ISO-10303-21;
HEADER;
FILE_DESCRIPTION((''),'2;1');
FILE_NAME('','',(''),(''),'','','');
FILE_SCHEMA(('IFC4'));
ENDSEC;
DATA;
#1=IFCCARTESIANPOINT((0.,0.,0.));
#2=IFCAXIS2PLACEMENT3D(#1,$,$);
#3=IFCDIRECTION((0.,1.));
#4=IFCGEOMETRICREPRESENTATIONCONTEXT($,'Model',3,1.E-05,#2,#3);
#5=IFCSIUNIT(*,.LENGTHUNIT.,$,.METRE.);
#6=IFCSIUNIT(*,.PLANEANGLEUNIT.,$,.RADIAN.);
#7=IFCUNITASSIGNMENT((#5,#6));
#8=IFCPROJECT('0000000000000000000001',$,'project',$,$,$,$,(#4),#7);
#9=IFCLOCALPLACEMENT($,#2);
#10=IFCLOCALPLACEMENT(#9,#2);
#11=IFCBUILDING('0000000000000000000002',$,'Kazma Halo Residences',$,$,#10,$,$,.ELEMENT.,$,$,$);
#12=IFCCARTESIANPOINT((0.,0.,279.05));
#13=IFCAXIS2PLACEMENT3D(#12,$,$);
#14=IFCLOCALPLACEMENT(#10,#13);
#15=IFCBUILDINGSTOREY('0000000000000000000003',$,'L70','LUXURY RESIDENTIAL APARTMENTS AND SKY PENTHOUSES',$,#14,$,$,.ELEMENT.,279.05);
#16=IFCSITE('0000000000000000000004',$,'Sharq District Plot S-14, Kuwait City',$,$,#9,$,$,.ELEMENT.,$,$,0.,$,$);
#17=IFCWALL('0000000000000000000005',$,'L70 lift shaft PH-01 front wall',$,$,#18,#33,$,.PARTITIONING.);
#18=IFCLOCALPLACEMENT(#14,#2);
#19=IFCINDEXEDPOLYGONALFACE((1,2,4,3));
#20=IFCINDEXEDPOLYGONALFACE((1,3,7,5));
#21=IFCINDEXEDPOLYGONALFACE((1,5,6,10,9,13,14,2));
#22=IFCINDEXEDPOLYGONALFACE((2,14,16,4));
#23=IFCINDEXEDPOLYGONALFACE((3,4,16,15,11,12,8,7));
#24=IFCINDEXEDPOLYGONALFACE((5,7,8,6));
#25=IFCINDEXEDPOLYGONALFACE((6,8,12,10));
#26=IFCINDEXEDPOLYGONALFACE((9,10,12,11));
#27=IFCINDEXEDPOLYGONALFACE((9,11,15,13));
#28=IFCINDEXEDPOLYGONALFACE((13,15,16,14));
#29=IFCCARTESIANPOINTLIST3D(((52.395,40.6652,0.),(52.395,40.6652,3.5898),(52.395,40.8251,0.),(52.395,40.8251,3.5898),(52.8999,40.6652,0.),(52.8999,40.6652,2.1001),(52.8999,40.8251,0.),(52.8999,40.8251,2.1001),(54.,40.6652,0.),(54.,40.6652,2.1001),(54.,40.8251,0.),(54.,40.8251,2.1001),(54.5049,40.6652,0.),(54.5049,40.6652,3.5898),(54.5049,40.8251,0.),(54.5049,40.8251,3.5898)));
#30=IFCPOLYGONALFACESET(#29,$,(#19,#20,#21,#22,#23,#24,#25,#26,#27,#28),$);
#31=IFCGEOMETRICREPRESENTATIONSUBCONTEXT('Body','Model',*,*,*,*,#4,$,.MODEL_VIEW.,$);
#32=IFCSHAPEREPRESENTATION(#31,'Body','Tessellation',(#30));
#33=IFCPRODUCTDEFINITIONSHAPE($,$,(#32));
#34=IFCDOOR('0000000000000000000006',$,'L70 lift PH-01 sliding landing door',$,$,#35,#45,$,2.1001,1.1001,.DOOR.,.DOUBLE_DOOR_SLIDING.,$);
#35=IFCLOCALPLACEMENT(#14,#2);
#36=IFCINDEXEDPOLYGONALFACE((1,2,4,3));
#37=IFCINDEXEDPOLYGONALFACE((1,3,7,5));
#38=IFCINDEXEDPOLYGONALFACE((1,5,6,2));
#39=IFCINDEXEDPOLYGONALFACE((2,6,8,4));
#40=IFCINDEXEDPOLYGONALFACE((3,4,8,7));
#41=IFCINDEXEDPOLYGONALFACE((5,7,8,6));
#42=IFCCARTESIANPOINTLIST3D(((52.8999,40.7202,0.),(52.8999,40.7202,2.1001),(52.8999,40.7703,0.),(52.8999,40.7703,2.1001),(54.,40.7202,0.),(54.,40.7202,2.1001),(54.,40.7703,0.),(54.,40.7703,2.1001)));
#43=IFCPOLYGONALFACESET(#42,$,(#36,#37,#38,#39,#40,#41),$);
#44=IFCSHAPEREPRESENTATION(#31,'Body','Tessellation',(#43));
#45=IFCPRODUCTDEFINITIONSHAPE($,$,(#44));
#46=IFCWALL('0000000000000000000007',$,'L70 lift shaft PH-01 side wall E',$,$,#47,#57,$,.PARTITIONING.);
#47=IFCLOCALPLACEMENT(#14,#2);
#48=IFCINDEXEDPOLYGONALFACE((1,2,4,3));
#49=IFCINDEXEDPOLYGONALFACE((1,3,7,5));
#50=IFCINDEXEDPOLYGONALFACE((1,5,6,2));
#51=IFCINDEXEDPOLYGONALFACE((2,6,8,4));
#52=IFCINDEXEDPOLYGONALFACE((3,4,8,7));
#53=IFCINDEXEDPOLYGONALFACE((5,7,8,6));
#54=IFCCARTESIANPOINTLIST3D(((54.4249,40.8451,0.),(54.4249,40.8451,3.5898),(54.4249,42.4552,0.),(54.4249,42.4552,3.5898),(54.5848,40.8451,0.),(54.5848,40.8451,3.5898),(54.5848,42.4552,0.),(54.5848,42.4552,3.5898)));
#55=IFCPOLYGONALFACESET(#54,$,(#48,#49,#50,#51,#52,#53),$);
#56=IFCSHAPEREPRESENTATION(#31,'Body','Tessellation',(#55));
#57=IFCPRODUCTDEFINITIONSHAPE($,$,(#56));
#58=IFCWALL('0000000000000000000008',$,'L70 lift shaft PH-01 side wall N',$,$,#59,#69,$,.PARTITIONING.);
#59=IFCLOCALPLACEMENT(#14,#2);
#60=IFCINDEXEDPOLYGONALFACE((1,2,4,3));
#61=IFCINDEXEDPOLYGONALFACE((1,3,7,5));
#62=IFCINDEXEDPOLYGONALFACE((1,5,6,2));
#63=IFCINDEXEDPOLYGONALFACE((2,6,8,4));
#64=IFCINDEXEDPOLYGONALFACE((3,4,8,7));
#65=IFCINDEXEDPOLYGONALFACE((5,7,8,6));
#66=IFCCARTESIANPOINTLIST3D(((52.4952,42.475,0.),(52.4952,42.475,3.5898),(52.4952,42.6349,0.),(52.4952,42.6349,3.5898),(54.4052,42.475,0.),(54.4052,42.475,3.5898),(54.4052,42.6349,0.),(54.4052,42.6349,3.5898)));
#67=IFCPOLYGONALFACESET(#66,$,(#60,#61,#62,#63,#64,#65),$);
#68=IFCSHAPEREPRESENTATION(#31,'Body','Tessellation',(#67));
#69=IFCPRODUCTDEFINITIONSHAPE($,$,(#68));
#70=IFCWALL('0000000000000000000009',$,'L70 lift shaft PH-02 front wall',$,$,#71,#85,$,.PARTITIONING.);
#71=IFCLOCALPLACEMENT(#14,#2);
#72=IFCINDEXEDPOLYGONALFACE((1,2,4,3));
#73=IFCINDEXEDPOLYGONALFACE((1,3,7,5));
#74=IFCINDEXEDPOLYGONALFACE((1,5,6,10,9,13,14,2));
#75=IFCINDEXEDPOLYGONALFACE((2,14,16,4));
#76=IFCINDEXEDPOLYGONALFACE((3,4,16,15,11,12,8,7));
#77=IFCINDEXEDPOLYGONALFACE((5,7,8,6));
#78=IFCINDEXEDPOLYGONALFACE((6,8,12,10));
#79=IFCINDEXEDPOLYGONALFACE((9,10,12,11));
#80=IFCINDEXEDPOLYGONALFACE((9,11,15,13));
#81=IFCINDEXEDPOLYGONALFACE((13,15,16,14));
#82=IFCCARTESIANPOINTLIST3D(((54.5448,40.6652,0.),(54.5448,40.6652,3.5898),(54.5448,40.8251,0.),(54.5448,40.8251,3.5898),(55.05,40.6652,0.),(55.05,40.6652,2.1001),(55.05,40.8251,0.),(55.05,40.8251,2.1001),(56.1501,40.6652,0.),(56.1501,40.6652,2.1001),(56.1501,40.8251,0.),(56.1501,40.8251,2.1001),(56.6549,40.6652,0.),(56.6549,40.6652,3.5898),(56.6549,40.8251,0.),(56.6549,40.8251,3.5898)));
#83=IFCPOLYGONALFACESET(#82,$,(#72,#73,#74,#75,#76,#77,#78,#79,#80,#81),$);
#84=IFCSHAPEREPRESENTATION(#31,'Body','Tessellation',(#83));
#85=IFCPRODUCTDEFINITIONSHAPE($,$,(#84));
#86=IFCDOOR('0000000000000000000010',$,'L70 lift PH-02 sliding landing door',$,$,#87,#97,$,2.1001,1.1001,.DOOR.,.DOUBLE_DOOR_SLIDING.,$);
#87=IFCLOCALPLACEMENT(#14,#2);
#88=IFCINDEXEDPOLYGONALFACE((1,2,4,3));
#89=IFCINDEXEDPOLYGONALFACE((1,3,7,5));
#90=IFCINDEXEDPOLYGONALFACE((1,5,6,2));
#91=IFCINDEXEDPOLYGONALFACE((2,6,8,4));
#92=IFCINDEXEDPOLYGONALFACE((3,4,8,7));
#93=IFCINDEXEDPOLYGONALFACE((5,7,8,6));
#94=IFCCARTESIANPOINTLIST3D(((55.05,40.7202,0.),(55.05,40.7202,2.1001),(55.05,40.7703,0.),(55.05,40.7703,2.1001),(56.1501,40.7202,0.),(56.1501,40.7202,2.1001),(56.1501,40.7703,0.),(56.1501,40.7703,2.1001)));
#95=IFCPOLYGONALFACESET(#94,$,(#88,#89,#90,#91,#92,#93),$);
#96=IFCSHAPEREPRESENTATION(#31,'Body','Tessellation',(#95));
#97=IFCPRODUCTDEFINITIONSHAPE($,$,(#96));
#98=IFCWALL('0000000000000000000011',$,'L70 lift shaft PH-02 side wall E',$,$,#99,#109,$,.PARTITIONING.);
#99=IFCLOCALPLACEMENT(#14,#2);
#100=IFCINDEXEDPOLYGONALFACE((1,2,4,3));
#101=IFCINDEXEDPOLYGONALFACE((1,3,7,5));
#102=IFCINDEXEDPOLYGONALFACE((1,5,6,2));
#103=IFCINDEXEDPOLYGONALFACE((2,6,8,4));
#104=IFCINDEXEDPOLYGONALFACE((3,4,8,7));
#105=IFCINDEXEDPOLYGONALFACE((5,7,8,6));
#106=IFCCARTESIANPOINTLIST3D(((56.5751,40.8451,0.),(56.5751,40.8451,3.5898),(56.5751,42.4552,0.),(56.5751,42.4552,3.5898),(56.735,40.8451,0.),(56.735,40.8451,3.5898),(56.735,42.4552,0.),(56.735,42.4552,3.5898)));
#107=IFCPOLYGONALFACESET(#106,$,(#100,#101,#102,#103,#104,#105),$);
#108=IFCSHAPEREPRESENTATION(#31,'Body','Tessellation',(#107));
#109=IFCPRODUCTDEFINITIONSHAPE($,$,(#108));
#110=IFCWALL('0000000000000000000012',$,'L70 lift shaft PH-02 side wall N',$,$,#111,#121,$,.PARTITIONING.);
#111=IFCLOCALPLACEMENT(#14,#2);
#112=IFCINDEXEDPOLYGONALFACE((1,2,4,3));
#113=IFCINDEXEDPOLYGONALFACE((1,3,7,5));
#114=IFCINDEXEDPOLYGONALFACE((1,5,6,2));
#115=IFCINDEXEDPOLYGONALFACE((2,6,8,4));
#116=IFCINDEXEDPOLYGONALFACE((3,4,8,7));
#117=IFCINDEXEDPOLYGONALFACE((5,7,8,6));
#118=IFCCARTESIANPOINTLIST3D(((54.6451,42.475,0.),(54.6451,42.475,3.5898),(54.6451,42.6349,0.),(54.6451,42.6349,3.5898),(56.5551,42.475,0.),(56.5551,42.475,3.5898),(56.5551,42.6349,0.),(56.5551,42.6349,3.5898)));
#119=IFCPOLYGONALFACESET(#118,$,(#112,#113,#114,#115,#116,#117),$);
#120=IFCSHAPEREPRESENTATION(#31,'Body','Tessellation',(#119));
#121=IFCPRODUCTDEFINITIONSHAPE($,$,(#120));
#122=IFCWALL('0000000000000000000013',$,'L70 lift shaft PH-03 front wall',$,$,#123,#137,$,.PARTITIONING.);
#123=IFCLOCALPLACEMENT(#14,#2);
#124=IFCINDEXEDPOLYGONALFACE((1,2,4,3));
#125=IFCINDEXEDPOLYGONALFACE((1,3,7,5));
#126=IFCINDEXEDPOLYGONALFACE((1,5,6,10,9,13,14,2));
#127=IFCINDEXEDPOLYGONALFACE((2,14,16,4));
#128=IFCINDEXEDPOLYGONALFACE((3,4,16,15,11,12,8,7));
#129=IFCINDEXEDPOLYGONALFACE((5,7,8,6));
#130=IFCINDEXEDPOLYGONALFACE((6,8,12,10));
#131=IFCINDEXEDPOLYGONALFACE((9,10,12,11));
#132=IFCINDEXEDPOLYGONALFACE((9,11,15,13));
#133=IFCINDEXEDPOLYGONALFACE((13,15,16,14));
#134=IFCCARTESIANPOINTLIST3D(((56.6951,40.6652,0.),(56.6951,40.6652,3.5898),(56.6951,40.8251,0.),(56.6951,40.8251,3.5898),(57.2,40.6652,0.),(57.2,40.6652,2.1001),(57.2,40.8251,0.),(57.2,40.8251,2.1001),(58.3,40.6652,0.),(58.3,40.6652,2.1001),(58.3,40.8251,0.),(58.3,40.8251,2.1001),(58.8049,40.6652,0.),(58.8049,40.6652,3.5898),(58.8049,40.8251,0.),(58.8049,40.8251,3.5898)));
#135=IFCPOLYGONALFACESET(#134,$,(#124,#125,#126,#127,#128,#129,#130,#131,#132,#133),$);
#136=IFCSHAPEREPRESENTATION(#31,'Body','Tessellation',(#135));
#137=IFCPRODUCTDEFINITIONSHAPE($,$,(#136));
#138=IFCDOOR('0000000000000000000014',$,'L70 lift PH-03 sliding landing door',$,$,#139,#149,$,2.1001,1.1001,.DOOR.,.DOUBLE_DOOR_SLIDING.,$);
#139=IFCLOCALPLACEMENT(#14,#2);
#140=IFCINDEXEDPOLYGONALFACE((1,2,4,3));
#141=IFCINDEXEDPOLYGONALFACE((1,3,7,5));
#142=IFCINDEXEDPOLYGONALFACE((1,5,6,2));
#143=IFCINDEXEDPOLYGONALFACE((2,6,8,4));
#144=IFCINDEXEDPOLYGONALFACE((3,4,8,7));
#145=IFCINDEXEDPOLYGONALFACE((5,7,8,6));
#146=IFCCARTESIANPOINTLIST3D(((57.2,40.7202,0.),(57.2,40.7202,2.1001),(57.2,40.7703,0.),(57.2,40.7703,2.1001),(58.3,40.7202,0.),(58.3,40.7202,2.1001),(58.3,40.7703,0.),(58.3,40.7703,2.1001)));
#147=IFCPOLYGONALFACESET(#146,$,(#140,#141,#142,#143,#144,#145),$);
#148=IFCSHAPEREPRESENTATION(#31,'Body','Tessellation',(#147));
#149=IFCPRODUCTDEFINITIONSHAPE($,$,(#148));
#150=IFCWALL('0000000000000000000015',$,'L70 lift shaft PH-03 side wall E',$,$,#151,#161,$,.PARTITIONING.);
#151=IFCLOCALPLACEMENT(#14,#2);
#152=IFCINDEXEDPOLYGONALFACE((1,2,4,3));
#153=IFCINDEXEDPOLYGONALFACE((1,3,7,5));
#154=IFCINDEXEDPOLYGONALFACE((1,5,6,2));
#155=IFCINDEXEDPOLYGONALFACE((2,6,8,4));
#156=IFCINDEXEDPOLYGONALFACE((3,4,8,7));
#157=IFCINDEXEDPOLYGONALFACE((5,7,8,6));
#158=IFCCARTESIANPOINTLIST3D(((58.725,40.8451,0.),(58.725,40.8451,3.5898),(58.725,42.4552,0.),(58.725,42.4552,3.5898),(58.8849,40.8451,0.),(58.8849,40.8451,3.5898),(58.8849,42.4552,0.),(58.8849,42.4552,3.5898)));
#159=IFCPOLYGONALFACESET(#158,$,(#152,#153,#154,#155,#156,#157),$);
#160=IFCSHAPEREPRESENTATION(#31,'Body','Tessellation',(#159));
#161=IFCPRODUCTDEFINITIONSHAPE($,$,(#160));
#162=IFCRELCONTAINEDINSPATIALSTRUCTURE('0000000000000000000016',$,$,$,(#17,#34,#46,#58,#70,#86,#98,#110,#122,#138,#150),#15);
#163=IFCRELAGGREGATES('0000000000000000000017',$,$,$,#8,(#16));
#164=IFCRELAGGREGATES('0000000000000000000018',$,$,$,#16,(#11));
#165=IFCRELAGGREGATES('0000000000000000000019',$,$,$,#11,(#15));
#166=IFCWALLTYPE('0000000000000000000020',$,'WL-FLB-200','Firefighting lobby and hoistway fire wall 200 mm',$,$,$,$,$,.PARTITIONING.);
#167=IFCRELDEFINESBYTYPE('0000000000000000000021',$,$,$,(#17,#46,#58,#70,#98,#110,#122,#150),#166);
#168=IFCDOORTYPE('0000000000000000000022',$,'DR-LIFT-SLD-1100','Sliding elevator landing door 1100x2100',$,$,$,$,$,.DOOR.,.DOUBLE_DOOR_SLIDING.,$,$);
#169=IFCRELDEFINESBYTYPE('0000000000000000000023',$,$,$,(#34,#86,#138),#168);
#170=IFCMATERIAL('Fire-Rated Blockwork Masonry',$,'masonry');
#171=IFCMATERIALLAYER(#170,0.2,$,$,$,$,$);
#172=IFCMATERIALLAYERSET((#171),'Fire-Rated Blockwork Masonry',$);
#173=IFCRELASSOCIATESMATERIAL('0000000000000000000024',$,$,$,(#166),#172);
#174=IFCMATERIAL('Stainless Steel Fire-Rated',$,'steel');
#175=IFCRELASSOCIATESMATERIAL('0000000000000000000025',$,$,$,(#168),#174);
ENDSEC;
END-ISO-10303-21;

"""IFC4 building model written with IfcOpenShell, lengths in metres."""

from ifc_helpers import new_model, si_unit, direction, frame, frame_2d, origin, place, context, subcontext, project, spatial, rectangle, extrude, material, layer, layer_set, type_object, element, fill, save


model = new_model("IFC4")

# Units and contexts
model_context = context("Model", 3, precision=1e-05, world=origin(), true_north=direction((0.0, 1.0)))
body_context = subcontext(model_context, "Body", "Model", "MODEL_VIEW")
ifc_project = project(units=[si_unit("LENGTHUNIT", "METRE"), si_unit("PLANEANGLEUNIT", "RADIAN")], contexts=[model_context])

# Site, building, storey
site_placement = place(None, origin())
site = spatial("IfcSite", under=ifc_project, at=site_placement, Name="Sharq District Plot S-14, Kuwait City", CompositionType="ELEMENT", RefElevation=0.0)
building_placement = place(site_placement, origin())
building = spatial("IfcBuilding", under=site, at=building_placement, Name="Kazma Halo Residences", CompositionType="ELEMENT")
storey_placement = place(building_placement, frame((0.0, 0.0, 279.05)))
storey = spatial("IfcBuildingStorey", under=building, at=storey_placement, Name="L70", Description="LUXURY RESIDENTIAL APARTMENTS AND SKY PENTHOUSES", CompositionType="ELEMENT", Elevation=279.05)

# Wall, opening, door
ifc_material_1 = material(Name="Fire-Rated Blockwork Masonry", Category="masonry")
ifc_layer_1 = layer(ifc_material_1, 0.2)
ifc_layer_set_1 = layer_set([ifc_layer_1], Name="Fire-Rated Blockwork Masonry")
wall_type_1 = type_object("IfcWallType", Name="WL-FLB-200", Description="Firefighting lobby and hoistway fire wall 200 mm", PredefinedType="PARTITIONING", material=ifc_layer_set_1)
wall_1_placement = place(storey_placement, frame((54.5049, 40.7451, 0.0), z_axis=(0.0, 0.0, 1.0), x_axis=(-1.0, 0.0, 0.0)))
wall_1 = element("IfcWall", 1, at=wall_1_placement, inside=storey, type_object=wall_type_1, Name="L70 lift shaft PH-01 front wall", PredefinedType="PARTITIONING", context=body_context, shape_type="SweptSolid", body=[
    extrude(rectangle(XDim=2.1099, YDim=0.1599, at=frame_2d((1.0549, 0.0))), origin(), (0.0, 0.0, 1.0), 3.5898),
])
opening_1_placement = place(wall_1_placement, frame((0.5049, 0.0, 0.0)))
opening_1 = element("IfcOpeningElement", 2, at=opening_1_placement, cuts=wall_1, PredefinedType="OPENING", context=body_context, shape_type="SweptSolid", body=[
    extrude(rectangle(XDim=1.1001, YDim=2.1001, at=frame_2d((0.55, 1.05))), frame((0.0, 0.0898, 0.0), z_axis=(0.0, -1.0, 0.0), x_axis=(1.0, 0.0, 0.0)), (0.0, 0.0, 1.0), 0.1799),
])
ifc_material_2 = material(Name="Stainless Steel Fire-Rated", Category="steel")
door_type_1 = type_object("IfcDoorType", Name="DR-LIFT-SLD-1100", Description="Sliding elevator landing door 1100x2100", OperationType="DOUBLE_DOOR_SLIDING", PredefinedType="DOOR", material=ifc_material_2)
door_1_placement = place(opening_1_placement, origin())
door_1 = element("IfcDoor", 3, at=door_1_placement, inside=storey, type_object=door_type_1, Name="L70 lift PH-01 sliding landing door", OperationType="DOUBLE_DOOR_SLIDING", OverallHeight=2.1001, OverallWidth=1.1001, PredefinedType="DOOR", context=body_context, shape_type="SweptSolid", body=[
    extrude(rectangle(XDim=1.1001, YDim=2.1001, at=frame_2d((0.55, 1.05))), frame((0.0, 0.0249, 0.0), z_axis=(0.0, -1.0, 0.0), x_axis=(1.0, 0.0, 0.0)), (0.0, 0.0, 1.0), 0.05),
])
fill(opening_1, door_1)

# Walls
wall_2_placement = place(storey_placement, frame((54.5049, 40.845, 0.0), z_axis=(0.0, 0.0, 1.0), x_axis=(0.0, 1.0, 0.0)))
element("IfcWall", 4, at=wall_2_placement, inside=storey, type_object=wall_type_1, Name="L70 lift shaft PH-01 side wall E", PredefinedType="PARTITIONING", context=body_context, shape_type="SweptSolid", body=[
    extrude(rectangle(XDim=1.6101, YDim=0.1599, at=frame_2d((0.8052, 0.0))), origin(), (0.0, 0.0, 1.0), 3.5898),
])
wall_3_placement = place(storey_placement, frame((52.4951, 42.5549, 0.0), z_axis=(0.0, 0.0, 1.0), x_axis=(1.0, 0.0, 0.0)))
element("IfcWall", 5, at=wall_3_placement, inside=storey, type_object=wall_type_1, Name="L70 lift shaft PH-01 side wall N", PredefinedType="PARTITIONING", context=body_context, shape_type="SweptSolid", body=[
    extrude(rectangle(XDim=1.9099, YDim=0.1599, at=frame_2d((0.9551, 0.0))), origin(), (0.0, 0.0, 1.0), 3.5898),
])

# Wall, opening, door
wall_4_placement = place(storey_placement, frame((56.655, 40.7451, 0.0), z_axis=(0.0, 0.0, 1.0), x_axis=(-1.0, 0.0, 0.0)))
wall_4 = element("IfcWall", 6, at=wall_4_placement, inside=storey, type_object=wall_type_1, Name="L70 lift shaft PH-02 front wall", PredefinedType="PARTITIONING", context=body_context, shape_type="SweptSolid", body=[
    extrude(rectangle(XDim=2.1101, YDim=0.1599, at=frame_2d((1.0552, 0.0))), origin(), (0.0, 0.0, 1.0), 3.5898),
])
opening_2_placement = place(wall_4_placement, frame((0.5049, 0.0, 0.0)))
opening_2 = element("IfcOpeningElement", 7, at=opening_2_placement, cuts=wall_4, PredefinedType="OPENING", context=body_context, shape_type="SweptSolid", body=[
    extrude(rectangle(XDim=1.1001, YDim=2.1001, at=frame_2d((0.55, 1.05))), frame((0.0, 0.0898, 0.0), z_axis=(0.0, -1.0, 0.0), x_axis=(1.0, 0.0, 0.0)), (0.0, 0.0, 1.0), 0.1799),
])
door_2_placement = place(opening_2_placement, origin())
door_2 = element("IfcDoor", 8, at=door_2_placement, inside=storey, type_object=door_type_1, Name="L70 lift PH-02 sliding landing door", OperationType="DOUBLE_DOOR_SLIDING", OverallHeight=2.1001, OverallWidth=1.1001, PredefinedType="DOOR", context=body_context, shape_type="SweptSolid", body=[
    extrude(rectangle(XDim=1.1001, YDim=2.1001, at=frame_2d((0.55, 1.05))), frame((0.0, 0.0249, 0.0), z_axis=(0.0, -1.0, 0.0), x_axis=(1.0, 0.0, 0.0)), (0.0, 0.0, 1.0), 0.05),
])
fill(opening_2, door_2)

# Walls
wall_5_placement = place(storey_placement, frame((56.655, 40.845, 0.0), z_axis=(0.0, 0.0, 1.0), x_axis=(0.0, 1.0, 0.0)))
element("IfcWall", 9, at=wall_5_placement, inside=storey, type_object=wall_type_1, Name="L70 lift shaft PH-02 side wall E", PredefinedType="PARTITIONING", context=body_context, shape_type="SweptSolid", body=[
    extrude(rectangle(XDim=1.6101, YDim=0.1599, at=frame_2d((0.8052, 0.0))), origin(), (0.0, 0.0, 1.0), 3.5898),
])
wall_6_placement = place(storey_placement, frame((54.645, 42.5549, 0.0), z_axis=(0.0, 0.0, 1.0), x_axis=(1.0, 0.0, 0.0)))
element("IfcWall", 10, at=wall_6_placement, inside=storey, type_object=wall_type_1, Name="L70 lift shaft PH-02 side wall N", PredefinedType="PARTITIONING", context=body_context, shape_type="SweptSolid", body=[
    extrude(rectangle(XDim=1.9099, YDim=0.1599, at=frame_2d((0.9551, 0.0))), origin(), (0.0, 0.0, 1.0), 3.5898),
])

# Wall, opening, door
wall_7_placement = place(storey_placement, frame((58.8049, 40.7451, 0.0), z_axis=(0.0, 0.0, 1.0), x_axis=(-1.0, 0.0, 0.0)))
wall_7 = element("IfcWall", 11, at=wall_7_placement, inside=storey, type_object=wall_type_1, Name="L70 lift shaft PH-03 front wall", PredefinedType="PARTITIONING", context=body_context, shape_type="SweptSolid", body=[
    extrude(rectangle(XDim=2.1099, YDim=0.1599, at=frame_2d((1.0549, 0.0))), origin(), (0.0, 0.0, 1.0), 3.5898),
])
opening_3_placement = place(wall_7_placement, frame((0.5049, 0.0, 0.0)))
opening_3 = element("IfcOpeningElement", 12, at=opening_3_placement, cuts=wall_7, PredefinedType="OPENING", context=body_context, shape_type="SweptSolid", body=[
    extrude(rectangle(XDim=1.1001, YDim=2.1001, at=frame_2d((0.55, 1.05))), frame((0.0, 0.0898, 0.0), z_axis=(0.0, -1.0, 0.0), x_axis=(1.0, 0.0, 0.0)), (0.0, 0.0, 1.0), 0.1799),
])
door_3_placement = place(opening_3_placement, origin())
door_3 = element("IfcDoor", 13, at=door_3_placement, inside=storey, type_object=door_type_1, Name="L70 lift PH-03 sliding landing door", OperationType="DOUBLE_DOOR_SLIDING", OverallHeight=2.1001, OverallWidth=1.1001, PredefinedType="DOOR", context=body_context, shape_type="SweptSolid", body=[
    extrude(rectangle(XDim=1.1001, YDim=2.1001, at=frame_2d((0.55, 1.05))), frame((0.0, 0.0249, 0.0), z_axis=(0.0, -1.0, 0.0), x_axis=(1.0, 0.0, 0.0)), (0.0, 0.0, 1.0), 0.05),
])
fill(opening_3, door_3)

# Wall
wall_8_placement = place(storey_placement, frame((58.8049, 40.845, 0.0), z_axis=(0.0, 0.0, 1.0), x_axis=(0.0, 1.0, 0.0)))
element("IfcWall", 14, at=wall_8_placement, inside=storey, type_object=wall_type_1, Name="L70 lift shaft PH-03 side wall E", PredefinedType="PARTITIONING", context=body_context, shape_type="SweptSolid", body=[
    extrude(rectangle(XDim=1.6101, YDim=0.1599, at=frame_2d((0.8052, 0.0))), origin(), (0.0, 0.0, 1.0), 3.5898),
])

save(model, "model.ifc")
